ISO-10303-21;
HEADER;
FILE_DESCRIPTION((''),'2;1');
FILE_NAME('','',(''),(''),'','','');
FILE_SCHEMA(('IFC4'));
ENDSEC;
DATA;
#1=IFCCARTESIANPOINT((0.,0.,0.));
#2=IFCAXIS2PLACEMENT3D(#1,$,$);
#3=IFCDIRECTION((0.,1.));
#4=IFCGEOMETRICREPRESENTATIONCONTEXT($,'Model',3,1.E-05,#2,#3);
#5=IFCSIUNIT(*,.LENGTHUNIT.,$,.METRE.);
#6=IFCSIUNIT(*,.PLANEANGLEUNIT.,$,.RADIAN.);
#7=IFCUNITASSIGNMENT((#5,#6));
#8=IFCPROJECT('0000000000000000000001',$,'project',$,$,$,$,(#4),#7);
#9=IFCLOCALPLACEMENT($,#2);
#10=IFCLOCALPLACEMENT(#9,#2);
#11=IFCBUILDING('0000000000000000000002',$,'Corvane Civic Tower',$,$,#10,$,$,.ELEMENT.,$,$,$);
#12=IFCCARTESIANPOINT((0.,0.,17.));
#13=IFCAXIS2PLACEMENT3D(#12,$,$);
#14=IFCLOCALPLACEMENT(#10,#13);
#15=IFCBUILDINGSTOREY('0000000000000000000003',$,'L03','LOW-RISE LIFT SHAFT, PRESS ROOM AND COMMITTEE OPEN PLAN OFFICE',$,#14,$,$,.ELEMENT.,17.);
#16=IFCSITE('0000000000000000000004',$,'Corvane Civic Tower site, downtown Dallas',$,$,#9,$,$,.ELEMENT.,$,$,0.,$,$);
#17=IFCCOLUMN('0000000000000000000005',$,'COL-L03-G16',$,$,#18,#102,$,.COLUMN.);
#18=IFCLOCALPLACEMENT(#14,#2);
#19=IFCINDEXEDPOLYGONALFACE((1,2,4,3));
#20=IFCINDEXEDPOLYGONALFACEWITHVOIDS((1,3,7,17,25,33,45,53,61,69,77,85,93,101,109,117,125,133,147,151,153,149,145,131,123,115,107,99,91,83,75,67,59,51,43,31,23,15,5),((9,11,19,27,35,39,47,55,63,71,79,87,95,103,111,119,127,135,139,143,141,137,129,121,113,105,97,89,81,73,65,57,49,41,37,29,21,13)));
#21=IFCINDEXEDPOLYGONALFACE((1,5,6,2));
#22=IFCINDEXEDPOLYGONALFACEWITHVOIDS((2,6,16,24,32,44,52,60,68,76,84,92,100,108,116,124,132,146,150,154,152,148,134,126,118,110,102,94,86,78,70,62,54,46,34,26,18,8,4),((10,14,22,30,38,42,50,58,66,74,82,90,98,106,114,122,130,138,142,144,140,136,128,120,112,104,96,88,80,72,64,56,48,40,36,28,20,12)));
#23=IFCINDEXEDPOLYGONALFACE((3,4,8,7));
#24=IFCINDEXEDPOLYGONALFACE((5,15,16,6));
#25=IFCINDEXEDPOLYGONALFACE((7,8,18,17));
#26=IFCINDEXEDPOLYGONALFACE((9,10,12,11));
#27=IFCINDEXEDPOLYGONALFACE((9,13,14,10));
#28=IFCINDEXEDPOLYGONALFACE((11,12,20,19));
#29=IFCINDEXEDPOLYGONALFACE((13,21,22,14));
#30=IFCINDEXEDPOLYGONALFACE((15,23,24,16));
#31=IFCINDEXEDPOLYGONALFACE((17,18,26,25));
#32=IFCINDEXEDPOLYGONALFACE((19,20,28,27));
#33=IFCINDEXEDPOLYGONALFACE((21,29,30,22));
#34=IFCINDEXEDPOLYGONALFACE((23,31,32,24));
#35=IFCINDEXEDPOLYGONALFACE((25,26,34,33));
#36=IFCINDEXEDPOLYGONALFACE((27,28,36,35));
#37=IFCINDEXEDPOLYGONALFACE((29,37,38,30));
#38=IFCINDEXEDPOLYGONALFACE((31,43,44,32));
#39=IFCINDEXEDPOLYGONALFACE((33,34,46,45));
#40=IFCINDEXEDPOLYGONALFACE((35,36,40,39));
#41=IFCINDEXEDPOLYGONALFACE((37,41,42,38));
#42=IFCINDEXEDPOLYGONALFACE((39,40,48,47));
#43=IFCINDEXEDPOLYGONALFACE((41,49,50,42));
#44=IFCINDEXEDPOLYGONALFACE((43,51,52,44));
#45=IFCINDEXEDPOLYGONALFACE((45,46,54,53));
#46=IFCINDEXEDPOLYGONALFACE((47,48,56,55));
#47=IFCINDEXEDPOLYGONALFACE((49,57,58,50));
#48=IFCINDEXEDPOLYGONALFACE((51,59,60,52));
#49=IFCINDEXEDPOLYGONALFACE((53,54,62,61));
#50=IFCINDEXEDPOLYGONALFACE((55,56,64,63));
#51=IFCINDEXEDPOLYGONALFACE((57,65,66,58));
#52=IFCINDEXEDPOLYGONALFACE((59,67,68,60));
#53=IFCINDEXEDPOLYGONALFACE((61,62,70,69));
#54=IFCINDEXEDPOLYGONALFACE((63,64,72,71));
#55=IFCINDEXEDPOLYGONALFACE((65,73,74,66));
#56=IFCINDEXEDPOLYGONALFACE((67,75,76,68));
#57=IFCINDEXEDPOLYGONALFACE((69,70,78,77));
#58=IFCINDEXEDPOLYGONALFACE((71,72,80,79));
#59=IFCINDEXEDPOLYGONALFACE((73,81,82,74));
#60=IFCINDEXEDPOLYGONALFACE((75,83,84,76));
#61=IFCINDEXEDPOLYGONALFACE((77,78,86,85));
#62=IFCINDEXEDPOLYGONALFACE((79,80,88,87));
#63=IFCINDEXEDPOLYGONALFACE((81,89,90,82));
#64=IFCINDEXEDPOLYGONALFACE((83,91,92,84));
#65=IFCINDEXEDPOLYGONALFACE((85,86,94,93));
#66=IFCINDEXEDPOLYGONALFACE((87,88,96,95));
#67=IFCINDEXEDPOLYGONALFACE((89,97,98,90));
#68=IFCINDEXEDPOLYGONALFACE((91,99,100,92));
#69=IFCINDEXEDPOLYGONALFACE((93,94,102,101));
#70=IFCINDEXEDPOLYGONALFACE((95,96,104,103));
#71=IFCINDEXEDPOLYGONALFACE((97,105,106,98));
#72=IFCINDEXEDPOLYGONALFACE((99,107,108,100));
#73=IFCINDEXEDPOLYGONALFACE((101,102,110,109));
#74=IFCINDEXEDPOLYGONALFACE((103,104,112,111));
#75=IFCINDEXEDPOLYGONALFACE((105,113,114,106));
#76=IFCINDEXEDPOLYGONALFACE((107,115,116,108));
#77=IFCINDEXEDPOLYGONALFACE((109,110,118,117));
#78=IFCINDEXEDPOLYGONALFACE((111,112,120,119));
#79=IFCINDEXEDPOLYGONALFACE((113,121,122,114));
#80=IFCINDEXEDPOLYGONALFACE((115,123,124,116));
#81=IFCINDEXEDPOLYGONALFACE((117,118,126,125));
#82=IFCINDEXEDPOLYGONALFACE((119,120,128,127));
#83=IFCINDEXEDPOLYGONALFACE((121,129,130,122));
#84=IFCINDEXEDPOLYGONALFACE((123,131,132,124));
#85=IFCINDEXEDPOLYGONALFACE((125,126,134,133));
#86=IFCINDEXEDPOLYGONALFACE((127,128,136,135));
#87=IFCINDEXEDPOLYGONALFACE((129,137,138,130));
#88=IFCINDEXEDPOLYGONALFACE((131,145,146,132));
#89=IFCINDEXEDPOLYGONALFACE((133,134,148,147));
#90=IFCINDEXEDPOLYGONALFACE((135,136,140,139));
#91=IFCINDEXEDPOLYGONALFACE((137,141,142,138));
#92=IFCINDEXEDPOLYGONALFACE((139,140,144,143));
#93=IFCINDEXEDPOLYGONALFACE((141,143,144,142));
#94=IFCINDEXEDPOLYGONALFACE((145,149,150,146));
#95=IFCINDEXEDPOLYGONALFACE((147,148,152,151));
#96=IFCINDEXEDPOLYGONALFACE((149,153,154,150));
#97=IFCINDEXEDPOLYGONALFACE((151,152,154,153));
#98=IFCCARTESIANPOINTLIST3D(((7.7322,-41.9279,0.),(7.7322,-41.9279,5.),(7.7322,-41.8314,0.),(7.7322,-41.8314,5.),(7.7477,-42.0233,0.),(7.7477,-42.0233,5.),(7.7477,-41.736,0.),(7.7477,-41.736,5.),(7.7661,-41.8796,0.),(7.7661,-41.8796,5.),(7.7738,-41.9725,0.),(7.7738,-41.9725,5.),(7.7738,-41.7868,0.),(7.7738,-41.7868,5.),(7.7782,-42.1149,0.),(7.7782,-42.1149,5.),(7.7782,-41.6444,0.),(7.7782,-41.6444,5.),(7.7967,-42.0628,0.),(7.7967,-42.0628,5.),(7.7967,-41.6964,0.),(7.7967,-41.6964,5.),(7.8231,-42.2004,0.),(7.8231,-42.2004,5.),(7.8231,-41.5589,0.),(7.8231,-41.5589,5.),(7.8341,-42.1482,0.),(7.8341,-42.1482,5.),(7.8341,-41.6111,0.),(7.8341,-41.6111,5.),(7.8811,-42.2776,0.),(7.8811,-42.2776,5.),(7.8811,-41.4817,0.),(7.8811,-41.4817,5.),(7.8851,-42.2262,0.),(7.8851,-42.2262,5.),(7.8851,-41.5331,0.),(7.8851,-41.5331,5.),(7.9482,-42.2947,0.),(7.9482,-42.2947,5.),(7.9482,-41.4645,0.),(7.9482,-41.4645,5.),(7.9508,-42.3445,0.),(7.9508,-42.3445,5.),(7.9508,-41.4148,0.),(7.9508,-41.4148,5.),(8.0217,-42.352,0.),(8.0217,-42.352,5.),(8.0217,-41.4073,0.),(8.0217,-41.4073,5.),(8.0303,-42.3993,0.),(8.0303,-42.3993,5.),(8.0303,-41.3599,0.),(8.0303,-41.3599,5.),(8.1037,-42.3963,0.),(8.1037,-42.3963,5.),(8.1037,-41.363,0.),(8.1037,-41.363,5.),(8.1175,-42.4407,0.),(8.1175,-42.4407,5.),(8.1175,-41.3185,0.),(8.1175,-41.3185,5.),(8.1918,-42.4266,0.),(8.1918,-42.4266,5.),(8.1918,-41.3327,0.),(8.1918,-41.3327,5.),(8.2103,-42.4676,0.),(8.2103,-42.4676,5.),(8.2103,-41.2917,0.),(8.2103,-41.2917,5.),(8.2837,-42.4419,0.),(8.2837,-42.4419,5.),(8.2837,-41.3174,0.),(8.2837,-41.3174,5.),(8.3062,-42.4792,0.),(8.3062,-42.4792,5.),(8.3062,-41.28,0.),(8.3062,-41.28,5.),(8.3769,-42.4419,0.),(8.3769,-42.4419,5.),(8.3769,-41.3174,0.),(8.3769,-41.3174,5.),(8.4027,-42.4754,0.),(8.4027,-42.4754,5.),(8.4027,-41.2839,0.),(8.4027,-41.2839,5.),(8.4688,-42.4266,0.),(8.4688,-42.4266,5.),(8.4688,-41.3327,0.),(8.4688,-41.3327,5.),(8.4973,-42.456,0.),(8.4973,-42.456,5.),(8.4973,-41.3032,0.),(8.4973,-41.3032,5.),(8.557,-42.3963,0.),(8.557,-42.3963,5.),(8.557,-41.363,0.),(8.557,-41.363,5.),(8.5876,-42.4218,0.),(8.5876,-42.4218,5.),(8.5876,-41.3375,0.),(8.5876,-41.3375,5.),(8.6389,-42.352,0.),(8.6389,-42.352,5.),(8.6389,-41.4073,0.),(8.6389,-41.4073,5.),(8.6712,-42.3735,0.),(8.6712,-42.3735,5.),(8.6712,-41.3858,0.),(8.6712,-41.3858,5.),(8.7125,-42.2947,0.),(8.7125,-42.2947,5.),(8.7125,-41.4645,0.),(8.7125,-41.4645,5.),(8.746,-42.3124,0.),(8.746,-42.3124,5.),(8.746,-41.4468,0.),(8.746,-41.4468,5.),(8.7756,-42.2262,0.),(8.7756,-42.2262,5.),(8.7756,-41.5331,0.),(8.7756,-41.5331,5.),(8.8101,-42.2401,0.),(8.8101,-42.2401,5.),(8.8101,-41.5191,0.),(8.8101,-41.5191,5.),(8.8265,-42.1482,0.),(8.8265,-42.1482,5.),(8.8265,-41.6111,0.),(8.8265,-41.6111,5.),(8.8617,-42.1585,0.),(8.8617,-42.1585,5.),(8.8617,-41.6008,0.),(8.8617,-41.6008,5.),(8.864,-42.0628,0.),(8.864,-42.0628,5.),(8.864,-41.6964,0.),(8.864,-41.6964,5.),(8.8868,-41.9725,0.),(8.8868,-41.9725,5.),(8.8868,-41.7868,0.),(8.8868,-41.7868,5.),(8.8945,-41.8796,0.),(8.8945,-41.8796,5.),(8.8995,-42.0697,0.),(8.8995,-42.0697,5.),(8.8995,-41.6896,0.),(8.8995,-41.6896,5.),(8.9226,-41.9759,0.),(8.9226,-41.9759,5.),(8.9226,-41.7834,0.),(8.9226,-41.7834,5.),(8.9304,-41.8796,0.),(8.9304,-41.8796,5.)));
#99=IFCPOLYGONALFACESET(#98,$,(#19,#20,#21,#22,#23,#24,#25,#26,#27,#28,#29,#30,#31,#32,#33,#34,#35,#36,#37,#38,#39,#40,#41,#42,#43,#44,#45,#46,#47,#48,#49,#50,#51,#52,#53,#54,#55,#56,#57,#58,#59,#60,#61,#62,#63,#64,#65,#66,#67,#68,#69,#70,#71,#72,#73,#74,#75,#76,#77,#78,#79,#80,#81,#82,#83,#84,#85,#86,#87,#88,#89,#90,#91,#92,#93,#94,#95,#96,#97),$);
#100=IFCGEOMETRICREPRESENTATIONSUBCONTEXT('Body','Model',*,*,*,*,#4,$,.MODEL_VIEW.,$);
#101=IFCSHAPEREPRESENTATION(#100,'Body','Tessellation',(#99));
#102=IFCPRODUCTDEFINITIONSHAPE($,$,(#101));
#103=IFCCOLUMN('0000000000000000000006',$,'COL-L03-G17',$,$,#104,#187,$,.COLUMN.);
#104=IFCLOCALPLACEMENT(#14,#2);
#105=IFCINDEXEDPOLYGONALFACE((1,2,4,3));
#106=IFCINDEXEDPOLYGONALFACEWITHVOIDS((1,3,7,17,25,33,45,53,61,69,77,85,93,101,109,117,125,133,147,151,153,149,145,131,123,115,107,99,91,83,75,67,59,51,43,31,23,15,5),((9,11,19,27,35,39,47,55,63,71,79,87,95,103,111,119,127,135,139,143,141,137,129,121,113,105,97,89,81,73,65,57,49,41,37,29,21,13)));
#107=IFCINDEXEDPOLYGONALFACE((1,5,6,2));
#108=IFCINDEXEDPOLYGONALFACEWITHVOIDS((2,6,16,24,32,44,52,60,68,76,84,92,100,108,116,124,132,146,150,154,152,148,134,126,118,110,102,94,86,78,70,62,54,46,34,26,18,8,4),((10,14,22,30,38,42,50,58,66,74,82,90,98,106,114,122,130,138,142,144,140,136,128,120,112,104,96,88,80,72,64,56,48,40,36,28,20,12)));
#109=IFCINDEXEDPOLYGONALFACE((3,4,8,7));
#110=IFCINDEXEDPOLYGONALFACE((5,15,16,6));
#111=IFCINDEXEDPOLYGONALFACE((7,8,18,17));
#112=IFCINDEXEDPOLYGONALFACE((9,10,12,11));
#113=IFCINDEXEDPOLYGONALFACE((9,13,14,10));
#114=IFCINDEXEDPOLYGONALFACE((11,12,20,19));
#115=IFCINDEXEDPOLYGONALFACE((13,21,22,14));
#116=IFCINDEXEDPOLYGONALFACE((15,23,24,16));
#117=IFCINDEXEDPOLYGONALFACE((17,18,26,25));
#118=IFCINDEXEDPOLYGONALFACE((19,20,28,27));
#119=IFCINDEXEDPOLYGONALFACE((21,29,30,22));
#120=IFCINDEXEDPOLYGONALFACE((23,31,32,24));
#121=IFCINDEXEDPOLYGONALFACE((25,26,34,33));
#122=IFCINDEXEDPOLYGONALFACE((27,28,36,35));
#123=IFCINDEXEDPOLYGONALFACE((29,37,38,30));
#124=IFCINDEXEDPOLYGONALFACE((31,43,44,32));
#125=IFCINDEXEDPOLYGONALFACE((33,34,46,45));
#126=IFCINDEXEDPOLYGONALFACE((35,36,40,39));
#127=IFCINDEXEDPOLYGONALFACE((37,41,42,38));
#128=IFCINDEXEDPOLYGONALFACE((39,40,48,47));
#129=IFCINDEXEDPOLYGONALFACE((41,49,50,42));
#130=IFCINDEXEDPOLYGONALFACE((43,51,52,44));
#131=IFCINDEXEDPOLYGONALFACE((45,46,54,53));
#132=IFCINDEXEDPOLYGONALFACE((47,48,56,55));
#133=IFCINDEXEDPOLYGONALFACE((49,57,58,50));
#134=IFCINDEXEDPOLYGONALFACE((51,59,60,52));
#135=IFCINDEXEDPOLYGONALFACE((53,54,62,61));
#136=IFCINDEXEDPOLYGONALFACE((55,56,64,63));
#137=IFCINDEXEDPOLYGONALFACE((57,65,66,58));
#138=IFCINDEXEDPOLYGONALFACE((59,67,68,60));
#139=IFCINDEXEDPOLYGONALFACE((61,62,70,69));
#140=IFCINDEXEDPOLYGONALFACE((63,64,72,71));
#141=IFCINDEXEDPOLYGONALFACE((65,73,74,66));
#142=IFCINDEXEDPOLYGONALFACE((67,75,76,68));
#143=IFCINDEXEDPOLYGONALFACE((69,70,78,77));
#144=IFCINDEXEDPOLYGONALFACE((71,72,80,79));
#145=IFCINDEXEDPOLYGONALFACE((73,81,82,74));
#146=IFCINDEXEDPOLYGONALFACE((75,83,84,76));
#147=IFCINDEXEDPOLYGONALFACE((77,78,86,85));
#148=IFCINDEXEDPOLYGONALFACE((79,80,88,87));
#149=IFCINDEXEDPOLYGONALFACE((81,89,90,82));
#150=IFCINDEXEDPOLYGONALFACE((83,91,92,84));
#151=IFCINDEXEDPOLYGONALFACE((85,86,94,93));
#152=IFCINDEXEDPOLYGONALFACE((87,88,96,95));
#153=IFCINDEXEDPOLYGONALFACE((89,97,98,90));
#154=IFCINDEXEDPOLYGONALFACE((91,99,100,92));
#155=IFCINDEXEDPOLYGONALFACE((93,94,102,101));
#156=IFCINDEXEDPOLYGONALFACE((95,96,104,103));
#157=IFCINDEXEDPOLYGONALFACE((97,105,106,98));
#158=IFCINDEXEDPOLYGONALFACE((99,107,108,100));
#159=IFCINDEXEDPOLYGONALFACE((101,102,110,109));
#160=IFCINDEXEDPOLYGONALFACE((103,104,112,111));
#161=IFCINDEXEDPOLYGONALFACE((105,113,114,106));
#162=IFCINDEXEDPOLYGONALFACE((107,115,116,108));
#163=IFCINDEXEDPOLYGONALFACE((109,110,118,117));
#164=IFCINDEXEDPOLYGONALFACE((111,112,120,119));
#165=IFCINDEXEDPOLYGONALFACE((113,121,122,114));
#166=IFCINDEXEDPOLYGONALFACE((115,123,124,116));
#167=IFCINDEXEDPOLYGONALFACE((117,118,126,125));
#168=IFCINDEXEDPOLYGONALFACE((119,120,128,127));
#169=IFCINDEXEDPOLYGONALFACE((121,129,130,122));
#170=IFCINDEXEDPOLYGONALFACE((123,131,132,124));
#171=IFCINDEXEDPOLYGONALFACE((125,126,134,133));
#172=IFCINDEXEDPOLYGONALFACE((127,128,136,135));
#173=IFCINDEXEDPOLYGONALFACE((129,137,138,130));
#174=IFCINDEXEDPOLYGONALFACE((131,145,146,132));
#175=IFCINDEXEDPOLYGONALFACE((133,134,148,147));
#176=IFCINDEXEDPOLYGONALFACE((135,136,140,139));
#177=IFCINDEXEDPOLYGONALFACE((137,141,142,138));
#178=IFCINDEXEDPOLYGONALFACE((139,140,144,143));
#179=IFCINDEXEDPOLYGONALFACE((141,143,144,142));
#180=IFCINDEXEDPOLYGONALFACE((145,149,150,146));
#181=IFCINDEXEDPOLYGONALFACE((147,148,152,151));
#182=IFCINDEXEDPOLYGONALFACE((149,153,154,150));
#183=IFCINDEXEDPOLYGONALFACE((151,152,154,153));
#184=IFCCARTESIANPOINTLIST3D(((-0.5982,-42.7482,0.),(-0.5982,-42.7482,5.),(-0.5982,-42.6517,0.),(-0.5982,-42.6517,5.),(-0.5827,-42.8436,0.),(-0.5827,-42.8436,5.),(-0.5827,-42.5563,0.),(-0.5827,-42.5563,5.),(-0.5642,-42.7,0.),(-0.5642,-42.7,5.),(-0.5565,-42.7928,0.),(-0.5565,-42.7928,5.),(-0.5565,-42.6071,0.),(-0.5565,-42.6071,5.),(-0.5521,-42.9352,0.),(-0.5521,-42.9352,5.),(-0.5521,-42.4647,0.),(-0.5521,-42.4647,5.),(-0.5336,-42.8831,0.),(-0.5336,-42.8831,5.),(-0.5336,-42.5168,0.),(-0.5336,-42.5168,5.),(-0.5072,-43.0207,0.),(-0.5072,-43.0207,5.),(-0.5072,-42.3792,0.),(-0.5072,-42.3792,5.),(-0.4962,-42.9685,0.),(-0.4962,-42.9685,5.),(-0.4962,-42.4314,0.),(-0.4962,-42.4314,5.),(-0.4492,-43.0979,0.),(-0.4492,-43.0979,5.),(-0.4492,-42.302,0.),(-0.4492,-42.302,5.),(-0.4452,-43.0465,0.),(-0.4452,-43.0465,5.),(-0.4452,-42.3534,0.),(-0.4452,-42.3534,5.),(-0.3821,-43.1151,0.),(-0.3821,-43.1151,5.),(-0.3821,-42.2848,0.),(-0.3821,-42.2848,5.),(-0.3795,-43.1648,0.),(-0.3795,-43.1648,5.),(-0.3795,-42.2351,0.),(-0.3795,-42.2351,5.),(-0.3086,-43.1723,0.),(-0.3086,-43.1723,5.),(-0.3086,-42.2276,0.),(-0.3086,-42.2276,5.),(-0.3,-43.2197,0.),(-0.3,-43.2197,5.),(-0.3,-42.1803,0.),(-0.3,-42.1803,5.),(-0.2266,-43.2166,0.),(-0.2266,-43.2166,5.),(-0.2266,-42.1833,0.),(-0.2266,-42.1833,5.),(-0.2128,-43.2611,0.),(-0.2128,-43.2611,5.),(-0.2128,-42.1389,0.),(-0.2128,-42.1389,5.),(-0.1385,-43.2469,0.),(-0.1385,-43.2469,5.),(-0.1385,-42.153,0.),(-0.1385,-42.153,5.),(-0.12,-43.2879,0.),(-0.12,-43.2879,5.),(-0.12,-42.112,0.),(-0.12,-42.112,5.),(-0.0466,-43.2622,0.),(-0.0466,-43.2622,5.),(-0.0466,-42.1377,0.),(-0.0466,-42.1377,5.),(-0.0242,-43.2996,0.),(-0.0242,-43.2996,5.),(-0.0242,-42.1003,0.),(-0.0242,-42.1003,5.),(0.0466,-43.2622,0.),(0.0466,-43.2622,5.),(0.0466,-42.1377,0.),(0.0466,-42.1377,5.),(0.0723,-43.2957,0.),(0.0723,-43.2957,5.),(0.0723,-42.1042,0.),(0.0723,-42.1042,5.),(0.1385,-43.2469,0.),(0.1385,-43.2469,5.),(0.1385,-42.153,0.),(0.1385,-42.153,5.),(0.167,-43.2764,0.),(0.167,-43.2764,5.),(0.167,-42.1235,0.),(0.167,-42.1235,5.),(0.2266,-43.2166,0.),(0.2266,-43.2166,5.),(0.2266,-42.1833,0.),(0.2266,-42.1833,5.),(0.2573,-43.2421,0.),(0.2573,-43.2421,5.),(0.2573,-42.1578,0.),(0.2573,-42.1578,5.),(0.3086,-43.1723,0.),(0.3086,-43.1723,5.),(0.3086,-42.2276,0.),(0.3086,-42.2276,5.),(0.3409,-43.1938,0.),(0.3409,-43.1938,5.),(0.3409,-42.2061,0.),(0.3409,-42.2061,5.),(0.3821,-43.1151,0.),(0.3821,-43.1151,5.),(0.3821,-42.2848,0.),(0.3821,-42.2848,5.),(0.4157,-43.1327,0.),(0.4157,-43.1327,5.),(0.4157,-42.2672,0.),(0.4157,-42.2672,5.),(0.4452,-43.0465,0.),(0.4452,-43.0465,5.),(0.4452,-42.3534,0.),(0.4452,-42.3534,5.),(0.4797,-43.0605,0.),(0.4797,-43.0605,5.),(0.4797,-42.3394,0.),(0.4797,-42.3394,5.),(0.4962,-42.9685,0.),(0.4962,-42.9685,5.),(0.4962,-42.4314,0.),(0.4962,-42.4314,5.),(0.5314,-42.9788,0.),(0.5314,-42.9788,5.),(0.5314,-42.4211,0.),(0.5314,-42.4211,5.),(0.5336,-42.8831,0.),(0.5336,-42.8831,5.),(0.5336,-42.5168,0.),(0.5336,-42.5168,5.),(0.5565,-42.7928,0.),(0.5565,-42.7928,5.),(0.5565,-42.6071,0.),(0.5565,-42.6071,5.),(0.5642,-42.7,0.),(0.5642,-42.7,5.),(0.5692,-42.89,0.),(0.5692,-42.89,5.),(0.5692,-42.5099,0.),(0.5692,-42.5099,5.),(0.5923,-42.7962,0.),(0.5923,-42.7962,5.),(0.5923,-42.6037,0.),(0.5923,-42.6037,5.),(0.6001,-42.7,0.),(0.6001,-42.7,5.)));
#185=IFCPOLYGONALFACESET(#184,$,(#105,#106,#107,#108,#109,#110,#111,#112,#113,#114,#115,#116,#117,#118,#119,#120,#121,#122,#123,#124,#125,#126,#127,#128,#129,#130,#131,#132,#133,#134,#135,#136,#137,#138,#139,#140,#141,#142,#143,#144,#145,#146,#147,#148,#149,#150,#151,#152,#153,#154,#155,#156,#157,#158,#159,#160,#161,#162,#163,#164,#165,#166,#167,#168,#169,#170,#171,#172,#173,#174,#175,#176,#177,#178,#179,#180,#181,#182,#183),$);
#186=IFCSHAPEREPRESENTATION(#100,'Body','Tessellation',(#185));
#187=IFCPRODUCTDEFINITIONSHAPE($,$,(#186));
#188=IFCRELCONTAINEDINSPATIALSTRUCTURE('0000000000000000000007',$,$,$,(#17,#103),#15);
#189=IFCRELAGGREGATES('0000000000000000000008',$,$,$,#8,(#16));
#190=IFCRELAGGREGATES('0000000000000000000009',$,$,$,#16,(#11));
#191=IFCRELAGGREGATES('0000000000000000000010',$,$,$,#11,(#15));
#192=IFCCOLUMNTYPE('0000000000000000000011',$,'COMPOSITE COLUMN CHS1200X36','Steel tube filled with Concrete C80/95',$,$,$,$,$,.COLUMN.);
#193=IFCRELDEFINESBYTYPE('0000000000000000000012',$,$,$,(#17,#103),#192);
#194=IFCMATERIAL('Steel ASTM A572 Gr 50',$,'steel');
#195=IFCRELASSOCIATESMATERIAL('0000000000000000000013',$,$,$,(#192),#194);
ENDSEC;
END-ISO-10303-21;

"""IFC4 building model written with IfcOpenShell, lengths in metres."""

from ifc_helpers import new_model, si_unit, direction, frame, origin, origin_2d, place, context, subcontext, project, spatial, hollow_circle, extrude, material, material_profile, profile_set, type_object, element, save


model = new_model("IFC4")

# Units and contexts
model_context = context("Model", 3, precision=1e-05, world=origin(), true_north=direction((0.0, 1.0)))
body_context = subcontext(model_context, "Body", "Model", "MODEL_VIEW")
ifc_project = project(units=[si_unit("LENGTHUNIT", "METRE"), si_unit("PLANEANGLEUNIT", "RADIAN")], contexts=[model_context])

# Site, building, storey
site_placement = place(None, origin())
site = spatial("IfcSite", under=ifc_project, at=site_placement, Name="Corvane Civic Tower site, downtown Dallas", CompositionType="ELEMENT", RefElevation=0.0)
building_placement = place(site_placement, origin())
building = spatial("IfcBuilding", under=site, at=building_placement, Name="Corvane Civic Tower", CompositionType="ELEMENT")
storey_placement = place(building_placement, frame((0.0, 0.0, 17.0)))
storey = spatial("IfcBuildingStorey", under=building, at=storey_placement, Name="L03", Description="LOW-RISE LIFT SHAFT, PRESS ROOM AND COMMITTEE OPEN PLAN OFFICE", CompositionType="ELEMENT", Elevation=17.0)

# Columns
ifc_material_1 = material(Name="Steel ASTM A572 Gr 50", Category="steel")
ifc_material_profile_1 = material_profile(ifc_material_1, hollow_circle(Radius=0.6001, WallThickness=0.0359, at=origin_2d()), Name="CHS1200X36")
ifc_profile_set_1 = profile_set([ifc_material_profile_1], Name="Steel ASTM A572 Gr 50")
column_type_1 = type_object("IfcColumnType", Name="COMPOSITE COLUMN CHS1200X36", Description="Steel tube filled with Concrete C80/95", PredefinedType="COLUMN", material=ifc_profile_set_1)
for number, where, z_axis, x_axis, name in (
    (1, (8.3303, -41.8796, 0.0), (0.0, 0.0, 1.0), (1.0, 0.0, 0.0), "COL-L03-G16"),
    (2, (0.0, -42.7, 0.0), (0.0, 0.0, 1.0), (1.0, 0.0, 0.0), "COL-L03-G17"),
):
    element("IfcColumn", number, at=place(storey_placement, frame(where, z_axis=z_axis, x_axis=x_axis)), inside=storey, type_object=column_type_1, Name=name, PredefinedType="COLUMN", context=body_context, shape_type="SweptSolid", body=[
        extrude(hollow_circle(Radius=0.6001, WallThickness=0.0359, at=origin_2d()), origin(), (0.0, 0.0, 1.0), 5.0),
    ])

save(model, "model.ifc")
